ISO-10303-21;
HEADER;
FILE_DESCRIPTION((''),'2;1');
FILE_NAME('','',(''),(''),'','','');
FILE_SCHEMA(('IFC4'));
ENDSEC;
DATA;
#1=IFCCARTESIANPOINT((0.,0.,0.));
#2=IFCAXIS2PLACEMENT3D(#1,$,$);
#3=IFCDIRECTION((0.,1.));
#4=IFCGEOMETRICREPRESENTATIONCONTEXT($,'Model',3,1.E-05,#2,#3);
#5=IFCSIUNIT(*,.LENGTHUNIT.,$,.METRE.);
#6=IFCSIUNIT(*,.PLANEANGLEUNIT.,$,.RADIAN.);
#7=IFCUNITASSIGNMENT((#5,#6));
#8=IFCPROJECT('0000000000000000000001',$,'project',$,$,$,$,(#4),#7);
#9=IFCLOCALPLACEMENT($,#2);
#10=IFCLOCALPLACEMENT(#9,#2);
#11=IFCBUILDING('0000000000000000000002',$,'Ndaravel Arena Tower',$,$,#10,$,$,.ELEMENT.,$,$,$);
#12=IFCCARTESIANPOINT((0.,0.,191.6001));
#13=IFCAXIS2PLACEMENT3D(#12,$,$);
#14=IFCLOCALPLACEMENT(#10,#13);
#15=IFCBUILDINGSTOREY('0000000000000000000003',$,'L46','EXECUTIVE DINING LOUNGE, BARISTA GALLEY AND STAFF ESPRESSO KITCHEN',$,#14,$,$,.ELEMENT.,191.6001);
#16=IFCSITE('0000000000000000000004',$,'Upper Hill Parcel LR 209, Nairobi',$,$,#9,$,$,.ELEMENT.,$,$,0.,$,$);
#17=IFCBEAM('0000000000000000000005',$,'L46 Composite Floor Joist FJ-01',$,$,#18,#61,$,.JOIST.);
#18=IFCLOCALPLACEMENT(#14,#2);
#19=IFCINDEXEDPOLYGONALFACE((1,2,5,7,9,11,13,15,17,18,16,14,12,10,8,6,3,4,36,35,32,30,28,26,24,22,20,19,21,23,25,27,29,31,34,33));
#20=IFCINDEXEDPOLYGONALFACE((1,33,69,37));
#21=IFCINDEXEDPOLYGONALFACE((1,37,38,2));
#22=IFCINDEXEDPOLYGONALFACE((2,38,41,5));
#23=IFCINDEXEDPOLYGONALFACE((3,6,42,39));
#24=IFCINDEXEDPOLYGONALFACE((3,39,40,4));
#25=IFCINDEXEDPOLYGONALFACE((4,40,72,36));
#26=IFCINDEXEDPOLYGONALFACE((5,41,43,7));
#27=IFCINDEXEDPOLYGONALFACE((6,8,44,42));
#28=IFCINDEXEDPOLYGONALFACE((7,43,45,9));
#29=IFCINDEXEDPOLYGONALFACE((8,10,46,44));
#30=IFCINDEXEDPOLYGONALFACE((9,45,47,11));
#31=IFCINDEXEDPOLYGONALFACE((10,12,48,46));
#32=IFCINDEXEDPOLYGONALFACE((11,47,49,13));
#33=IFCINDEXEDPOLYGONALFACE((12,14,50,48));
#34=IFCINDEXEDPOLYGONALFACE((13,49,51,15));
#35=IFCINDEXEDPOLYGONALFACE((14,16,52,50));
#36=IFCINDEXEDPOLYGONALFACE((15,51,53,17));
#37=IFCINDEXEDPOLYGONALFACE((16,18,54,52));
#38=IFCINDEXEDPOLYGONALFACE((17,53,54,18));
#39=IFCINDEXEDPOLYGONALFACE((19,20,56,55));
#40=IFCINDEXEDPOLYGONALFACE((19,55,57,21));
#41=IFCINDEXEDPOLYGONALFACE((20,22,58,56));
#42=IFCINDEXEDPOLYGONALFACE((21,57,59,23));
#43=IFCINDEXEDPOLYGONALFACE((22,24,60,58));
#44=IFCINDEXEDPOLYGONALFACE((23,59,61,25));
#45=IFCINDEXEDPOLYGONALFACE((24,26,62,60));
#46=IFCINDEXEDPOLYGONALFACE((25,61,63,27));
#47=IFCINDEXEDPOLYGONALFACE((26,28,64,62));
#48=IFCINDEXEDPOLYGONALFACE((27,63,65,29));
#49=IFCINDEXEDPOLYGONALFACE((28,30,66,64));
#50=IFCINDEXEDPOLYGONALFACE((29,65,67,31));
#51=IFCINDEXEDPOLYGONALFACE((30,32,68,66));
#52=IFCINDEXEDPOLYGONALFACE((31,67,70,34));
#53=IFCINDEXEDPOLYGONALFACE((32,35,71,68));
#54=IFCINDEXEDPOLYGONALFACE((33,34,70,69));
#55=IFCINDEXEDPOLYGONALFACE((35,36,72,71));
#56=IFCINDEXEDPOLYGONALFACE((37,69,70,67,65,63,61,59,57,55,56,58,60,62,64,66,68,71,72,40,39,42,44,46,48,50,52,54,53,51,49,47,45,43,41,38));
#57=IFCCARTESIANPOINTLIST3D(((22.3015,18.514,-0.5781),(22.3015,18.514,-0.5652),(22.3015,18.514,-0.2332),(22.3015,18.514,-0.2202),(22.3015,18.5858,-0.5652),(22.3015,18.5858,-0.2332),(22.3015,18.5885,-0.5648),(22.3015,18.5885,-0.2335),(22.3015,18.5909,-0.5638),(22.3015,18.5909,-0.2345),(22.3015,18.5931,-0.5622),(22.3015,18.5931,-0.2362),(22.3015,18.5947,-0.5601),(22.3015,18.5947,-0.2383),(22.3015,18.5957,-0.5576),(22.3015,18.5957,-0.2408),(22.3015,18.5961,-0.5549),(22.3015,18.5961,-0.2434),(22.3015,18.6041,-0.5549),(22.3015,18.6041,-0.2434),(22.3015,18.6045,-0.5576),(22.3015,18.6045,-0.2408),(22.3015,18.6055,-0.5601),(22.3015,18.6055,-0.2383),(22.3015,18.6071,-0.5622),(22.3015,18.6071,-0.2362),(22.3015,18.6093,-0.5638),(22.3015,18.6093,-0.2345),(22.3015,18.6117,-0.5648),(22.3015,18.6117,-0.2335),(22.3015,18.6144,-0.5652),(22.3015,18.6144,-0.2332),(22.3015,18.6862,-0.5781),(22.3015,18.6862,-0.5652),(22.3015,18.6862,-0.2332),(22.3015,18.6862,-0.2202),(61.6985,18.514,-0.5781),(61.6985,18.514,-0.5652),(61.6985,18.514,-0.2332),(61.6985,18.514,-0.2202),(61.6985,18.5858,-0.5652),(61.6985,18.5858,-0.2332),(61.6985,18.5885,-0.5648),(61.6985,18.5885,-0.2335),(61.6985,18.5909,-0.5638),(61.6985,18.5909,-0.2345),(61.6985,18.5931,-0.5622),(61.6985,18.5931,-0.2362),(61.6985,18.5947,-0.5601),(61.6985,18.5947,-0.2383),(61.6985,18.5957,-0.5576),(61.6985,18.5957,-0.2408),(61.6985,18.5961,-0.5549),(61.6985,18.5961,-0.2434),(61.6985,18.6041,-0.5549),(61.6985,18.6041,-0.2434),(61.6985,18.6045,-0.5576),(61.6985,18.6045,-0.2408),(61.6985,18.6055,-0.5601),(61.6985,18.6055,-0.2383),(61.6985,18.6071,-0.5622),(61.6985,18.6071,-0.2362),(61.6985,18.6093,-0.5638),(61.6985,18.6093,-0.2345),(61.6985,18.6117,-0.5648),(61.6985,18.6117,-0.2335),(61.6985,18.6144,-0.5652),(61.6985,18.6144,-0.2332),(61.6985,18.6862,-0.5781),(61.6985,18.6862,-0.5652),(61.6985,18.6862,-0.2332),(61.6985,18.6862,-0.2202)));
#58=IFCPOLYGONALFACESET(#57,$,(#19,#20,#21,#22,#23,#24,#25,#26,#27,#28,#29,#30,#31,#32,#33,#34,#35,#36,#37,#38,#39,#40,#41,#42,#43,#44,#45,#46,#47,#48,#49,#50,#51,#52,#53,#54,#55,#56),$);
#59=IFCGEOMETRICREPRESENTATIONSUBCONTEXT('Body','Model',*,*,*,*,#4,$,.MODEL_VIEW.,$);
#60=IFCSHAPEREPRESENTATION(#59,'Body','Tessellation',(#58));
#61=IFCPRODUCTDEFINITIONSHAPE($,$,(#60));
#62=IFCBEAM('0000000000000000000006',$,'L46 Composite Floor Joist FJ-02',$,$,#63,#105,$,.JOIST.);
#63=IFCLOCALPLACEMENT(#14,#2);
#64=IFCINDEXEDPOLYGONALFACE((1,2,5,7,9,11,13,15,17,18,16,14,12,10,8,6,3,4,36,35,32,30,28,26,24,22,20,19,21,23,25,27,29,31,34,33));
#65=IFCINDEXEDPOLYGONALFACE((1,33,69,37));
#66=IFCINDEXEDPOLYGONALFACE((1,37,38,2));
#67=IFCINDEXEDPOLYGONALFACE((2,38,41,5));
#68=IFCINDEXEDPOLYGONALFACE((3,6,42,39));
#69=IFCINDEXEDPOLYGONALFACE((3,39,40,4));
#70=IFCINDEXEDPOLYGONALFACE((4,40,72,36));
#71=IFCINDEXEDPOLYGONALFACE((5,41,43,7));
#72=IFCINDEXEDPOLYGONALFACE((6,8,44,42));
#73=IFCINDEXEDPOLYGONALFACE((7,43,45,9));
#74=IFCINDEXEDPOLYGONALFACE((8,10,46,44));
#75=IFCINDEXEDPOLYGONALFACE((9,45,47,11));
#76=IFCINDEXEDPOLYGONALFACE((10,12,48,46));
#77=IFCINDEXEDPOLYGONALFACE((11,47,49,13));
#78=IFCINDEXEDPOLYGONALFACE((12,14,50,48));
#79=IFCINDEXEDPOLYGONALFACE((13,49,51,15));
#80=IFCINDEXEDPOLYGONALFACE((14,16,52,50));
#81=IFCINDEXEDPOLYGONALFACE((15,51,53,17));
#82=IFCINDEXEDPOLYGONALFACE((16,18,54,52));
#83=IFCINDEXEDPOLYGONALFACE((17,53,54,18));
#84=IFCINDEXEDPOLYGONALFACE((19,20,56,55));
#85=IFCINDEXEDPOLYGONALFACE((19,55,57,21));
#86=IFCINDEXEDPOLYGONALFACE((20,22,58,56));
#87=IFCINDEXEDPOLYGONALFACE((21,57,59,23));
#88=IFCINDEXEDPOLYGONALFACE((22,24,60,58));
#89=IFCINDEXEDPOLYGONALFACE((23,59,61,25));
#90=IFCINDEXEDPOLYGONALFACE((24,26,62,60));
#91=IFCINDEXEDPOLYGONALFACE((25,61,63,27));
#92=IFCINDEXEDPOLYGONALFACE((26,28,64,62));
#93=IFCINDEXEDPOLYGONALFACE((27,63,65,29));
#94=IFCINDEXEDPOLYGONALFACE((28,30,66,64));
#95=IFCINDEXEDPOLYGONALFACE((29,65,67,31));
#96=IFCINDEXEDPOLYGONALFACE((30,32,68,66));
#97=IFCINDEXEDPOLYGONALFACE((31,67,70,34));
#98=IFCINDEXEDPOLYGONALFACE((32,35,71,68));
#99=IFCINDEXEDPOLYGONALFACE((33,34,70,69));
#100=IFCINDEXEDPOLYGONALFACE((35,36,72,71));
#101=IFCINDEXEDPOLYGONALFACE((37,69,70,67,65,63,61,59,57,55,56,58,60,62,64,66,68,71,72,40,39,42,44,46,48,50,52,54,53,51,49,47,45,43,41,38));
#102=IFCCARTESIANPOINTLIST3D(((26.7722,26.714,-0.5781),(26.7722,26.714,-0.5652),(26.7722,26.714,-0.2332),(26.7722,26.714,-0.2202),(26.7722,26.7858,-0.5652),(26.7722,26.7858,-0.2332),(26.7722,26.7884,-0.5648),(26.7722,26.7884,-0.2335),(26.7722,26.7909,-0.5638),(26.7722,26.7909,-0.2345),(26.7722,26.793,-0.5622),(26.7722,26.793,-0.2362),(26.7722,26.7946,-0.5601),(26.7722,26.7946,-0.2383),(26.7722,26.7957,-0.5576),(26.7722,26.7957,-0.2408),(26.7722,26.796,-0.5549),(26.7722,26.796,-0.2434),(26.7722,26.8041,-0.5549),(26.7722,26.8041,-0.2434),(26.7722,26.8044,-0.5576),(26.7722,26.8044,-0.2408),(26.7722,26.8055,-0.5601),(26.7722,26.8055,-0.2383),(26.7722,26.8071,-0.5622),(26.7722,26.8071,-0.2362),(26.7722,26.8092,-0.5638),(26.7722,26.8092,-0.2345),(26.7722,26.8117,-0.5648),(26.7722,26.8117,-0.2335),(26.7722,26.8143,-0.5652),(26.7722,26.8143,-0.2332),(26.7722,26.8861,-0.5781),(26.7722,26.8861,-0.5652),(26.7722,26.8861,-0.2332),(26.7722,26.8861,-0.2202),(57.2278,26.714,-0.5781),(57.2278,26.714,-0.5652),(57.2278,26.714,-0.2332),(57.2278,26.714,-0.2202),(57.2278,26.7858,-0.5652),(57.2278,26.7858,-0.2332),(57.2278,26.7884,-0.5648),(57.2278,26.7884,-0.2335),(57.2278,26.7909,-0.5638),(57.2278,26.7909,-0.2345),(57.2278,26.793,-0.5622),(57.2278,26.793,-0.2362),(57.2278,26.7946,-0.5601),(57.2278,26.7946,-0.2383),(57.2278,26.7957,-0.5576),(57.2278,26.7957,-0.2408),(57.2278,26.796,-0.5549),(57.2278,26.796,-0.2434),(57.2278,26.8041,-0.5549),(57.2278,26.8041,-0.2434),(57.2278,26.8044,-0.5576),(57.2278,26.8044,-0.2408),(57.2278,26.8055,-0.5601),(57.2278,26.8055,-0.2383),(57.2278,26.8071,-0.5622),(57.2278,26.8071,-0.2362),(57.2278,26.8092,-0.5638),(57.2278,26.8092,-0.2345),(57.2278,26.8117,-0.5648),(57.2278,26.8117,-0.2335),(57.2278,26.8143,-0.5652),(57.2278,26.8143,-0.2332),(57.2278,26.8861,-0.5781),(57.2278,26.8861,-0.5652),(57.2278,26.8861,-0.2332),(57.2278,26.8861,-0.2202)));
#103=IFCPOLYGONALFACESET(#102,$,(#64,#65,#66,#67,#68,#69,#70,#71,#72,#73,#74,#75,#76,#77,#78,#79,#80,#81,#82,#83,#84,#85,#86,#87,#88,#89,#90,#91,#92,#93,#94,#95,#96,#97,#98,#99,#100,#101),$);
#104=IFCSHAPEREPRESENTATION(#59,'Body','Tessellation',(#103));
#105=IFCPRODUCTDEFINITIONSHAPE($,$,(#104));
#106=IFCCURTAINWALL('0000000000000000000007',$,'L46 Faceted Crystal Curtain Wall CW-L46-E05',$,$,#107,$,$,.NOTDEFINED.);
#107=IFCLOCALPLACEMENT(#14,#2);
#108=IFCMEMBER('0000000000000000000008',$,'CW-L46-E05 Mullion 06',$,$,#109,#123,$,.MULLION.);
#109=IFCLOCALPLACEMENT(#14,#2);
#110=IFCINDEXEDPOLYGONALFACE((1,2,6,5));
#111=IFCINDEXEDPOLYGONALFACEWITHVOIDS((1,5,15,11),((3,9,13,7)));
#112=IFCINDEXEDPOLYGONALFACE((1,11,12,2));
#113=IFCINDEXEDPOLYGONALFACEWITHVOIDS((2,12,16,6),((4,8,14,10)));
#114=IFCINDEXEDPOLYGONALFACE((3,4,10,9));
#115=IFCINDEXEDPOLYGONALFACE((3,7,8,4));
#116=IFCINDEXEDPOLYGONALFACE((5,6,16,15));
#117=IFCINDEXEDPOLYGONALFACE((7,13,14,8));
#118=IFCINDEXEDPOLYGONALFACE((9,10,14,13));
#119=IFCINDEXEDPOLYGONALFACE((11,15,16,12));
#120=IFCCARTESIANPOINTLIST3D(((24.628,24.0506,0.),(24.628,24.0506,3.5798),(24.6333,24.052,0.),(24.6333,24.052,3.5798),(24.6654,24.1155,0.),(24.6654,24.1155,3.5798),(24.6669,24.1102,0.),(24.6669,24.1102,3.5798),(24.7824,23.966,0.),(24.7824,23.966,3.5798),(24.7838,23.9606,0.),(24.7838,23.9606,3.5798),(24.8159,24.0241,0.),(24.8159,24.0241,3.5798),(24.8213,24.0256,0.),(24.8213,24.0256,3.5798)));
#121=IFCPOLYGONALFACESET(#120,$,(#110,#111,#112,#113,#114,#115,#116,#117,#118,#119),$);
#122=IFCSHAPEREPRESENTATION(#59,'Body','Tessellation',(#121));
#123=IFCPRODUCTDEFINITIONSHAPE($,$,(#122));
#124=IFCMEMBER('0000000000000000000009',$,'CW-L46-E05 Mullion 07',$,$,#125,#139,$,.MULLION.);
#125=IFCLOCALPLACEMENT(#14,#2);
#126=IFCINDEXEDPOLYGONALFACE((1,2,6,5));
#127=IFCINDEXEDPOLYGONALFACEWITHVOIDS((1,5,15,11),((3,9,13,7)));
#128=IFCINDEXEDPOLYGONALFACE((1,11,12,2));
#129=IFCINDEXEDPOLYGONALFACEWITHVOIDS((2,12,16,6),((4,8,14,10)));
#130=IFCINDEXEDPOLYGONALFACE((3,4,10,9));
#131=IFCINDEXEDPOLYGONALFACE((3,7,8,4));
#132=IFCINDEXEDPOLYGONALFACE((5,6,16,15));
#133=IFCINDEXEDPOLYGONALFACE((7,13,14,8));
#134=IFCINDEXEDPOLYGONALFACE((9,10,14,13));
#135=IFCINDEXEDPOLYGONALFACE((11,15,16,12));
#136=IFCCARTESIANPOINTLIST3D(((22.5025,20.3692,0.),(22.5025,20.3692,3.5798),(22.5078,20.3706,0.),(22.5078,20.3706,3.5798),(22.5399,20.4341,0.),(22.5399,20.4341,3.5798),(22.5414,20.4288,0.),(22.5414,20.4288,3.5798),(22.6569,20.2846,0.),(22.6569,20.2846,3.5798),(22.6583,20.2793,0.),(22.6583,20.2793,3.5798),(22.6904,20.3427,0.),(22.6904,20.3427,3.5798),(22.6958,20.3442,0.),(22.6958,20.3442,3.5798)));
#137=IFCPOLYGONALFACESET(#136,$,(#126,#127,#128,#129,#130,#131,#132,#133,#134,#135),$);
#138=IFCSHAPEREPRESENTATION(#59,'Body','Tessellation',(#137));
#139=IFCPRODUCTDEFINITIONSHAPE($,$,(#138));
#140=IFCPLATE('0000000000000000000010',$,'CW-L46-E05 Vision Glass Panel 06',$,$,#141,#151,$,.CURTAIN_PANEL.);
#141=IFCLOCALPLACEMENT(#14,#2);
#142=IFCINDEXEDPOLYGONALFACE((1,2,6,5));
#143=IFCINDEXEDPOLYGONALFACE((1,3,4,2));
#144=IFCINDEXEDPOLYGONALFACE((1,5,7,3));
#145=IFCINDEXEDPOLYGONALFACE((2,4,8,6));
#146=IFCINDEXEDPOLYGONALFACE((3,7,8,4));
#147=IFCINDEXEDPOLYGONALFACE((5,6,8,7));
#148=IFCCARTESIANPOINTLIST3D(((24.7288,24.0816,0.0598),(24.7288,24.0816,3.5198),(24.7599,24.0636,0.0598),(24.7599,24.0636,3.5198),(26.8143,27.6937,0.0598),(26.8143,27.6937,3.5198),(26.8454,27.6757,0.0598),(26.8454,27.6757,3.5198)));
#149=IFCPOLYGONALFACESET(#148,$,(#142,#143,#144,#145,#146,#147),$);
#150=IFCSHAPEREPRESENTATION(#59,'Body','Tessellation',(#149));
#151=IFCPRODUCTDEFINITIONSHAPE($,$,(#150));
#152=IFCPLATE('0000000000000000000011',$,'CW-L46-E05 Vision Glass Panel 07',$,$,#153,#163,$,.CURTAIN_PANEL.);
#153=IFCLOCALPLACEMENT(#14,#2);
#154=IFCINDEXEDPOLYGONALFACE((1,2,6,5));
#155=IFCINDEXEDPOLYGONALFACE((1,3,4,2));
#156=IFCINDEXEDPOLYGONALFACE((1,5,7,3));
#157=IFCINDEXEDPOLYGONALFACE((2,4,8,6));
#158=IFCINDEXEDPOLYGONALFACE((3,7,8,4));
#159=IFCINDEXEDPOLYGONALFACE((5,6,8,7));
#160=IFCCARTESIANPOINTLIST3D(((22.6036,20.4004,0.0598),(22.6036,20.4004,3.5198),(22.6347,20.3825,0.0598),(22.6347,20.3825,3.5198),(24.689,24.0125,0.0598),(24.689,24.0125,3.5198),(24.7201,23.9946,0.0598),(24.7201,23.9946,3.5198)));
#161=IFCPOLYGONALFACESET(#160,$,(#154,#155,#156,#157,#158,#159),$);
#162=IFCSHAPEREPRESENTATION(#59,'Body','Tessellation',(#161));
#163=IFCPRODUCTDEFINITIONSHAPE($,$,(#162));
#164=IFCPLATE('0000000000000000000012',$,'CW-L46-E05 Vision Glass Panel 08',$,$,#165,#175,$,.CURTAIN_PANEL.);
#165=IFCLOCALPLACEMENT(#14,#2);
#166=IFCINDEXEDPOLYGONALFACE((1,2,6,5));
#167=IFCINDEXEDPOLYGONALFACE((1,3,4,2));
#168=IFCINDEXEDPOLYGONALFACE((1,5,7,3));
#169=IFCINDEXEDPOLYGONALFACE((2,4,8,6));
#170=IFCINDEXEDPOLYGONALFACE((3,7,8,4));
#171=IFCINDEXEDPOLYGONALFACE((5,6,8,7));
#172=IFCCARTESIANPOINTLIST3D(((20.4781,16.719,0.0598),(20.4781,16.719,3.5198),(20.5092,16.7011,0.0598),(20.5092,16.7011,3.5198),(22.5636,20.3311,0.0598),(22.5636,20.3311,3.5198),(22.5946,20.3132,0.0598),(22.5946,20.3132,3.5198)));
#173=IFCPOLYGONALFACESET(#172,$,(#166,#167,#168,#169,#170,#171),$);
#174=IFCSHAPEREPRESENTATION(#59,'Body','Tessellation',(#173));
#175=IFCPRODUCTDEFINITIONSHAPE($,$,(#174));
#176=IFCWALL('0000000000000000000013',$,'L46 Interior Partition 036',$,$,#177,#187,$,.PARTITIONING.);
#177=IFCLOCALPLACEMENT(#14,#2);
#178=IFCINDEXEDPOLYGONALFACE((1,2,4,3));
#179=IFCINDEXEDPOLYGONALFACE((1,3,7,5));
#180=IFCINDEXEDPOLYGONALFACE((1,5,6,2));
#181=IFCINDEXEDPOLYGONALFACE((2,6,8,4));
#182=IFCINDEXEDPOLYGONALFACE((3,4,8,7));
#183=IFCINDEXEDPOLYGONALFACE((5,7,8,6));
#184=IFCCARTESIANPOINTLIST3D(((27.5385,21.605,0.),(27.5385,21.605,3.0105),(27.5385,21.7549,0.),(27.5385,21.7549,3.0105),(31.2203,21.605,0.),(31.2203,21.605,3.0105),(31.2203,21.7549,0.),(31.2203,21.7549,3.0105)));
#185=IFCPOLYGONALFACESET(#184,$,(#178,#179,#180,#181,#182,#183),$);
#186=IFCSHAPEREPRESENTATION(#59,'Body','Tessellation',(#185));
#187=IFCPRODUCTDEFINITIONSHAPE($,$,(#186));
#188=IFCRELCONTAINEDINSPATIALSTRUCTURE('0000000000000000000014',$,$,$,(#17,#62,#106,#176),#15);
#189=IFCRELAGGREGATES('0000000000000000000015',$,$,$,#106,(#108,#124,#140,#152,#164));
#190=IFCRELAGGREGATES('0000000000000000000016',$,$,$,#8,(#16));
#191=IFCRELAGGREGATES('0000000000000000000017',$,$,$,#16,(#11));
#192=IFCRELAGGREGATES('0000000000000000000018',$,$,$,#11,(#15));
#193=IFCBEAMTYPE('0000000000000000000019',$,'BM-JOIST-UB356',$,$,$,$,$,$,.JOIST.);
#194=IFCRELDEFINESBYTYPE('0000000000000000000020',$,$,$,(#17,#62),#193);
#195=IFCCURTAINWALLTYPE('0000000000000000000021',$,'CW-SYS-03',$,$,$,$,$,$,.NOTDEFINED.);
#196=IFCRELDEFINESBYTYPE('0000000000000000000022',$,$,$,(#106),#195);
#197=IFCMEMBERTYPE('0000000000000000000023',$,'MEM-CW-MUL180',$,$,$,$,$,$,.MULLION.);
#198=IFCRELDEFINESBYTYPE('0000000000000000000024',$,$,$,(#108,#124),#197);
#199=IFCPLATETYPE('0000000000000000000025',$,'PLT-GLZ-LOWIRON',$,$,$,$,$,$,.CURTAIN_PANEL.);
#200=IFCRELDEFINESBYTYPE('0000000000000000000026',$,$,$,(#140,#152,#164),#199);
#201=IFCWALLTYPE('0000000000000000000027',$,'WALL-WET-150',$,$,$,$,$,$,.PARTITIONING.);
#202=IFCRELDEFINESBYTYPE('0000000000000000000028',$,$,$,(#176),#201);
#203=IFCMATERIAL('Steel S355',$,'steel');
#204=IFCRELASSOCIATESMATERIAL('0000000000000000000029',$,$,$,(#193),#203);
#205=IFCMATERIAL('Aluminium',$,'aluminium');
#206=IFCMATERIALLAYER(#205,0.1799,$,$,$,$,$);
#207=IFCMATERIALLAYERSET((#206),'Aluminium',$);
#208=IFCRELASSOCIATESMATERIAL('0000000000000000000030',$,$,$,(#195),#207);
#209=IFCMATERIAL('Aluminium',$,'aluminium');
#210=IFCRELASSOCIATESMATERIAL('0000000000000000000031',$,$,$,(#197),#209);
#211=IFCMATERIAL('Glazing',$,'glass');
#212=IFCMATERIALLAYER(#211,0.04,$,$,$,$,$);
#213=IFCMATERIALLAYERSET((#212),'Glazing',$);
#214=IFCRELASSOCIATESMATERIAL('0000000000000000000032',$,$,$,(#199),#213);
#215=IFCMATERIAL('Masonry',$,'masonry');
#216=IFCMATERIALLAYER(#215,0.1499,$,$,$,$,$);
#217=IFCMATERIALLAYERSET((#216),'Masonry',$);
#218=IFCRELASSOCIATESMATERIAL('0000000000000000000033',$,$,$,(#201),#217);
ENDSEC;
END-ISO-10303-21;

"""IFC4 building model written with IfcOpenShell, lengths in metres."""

from ifc_helpers import new_model, si_unit, direction, frame, frame_2d, origin, origin_2d, place, context, subcontext, project, spatial, rectangle, hollow_rectangle, i_section, extrude, material, layer, layer_set, material_profile, profile_set, type_object, element, aggregate, save


model = new_model("IFC4")

# Units and contexts
model_context = context("Model", 3, precision=1e-05, world=origin(), true_north=direction((0.0, 1.0)))
body_context = subcontext(model_context, "Body", "Model", "MODEL_VIEW")
ifc_project = project(units=[si_unit("LENGTHUNIT", "METRE"), si_unit("PLANEANGLEUNIT", "RADIAN")], contexts=[model_context])

# Site, building, storey
site_placement = place(None, origin())
site = spatial("IfcSite", under=ifc_project, at=site_placement, Name="Upper Hill Parcel LR 209, Nairobi", CompositionType="ELEMENT", RefElevation=0.0)
building_placement = place(site_placement, origin())
building = spatial("IfcBuilding", under=site, at=building_placement, Name="Ndaravel Arena Tower", CompositionType="ELEMENT")
storey_placement = place(building_placement, frame((0.0, 0.0, 191.6001)))
storey = spatial("IfcBuildingStorey", under=building, at=storey_placement, Name="L46", Description="EXECUTIVE DINING LOUNGE, BARISTA GALLEY AND STAFF ESPRESSO KITCHEN", CompositionType="ELEMENT", Elevation=191.6001)

# Beams
ifc_material_1 = material(Name="Steel S355", Category="steel")
ifc_material_profile_1 = material_profile(ifc_material_1, i_section(OverallWidth=0.1721, OverallDepth=0.3579, WebThickness=0.0081, FlangeThickness=0.0129, FilletRadius=0.0103, at=origin_2d()), Name="UB 356x171x57")
ifc_profile_set_1 = profile_set([ifc_material_profile_1], Name="Steel S355")
beam_type = type_object("IfcBeamType", Name="BM-JOIST-UB356", PredefinedType="JOIST", material=ifc_profile_set_1)
beam_1_placement = place(storey_placement, frame((22.3015, 18.6001, -0.3992), z_axis=(1.0, 0.0, 0.0), x_axis=(0.0, 1.0, 0.0)))
element("IfcBeam", 1, at=beam_1_placement, inside=storey, type_object=beam_type, Name="L46 Composite Floor Joist FJ-01", PredefinedType="JOIST", context=body_context, shape_type="SweptSolid", body=[
    extrude(i_section(OverallWidth=0.1721, OverallDepth=0.3579, WebThickness=0.0081, FlangeThickness=0.0129, FilletRadius=0.0103, at=origin_2d()), origin(), (0.0, 0.0, 1.0), 39.397),
])
beam_2_placement = place(storey_placement, frame((26.7722, 26.8, -0.3992), z_axis=(1.0, 0.0, 0.0), x_axis=(0.0, 1.0, 0.0)))
element("IfcBeam", 2, at=beam_2_placement, inside=storey, type_object=beam_type, Name="L46 Composite Floor Joist FJ-02", PredefinedType="JOIST", context=body_context, shape_type="SweptSolid", body=[
    extrude(i_section(OverallWidth=0.1721, OverallDepth=0.3579, WebThickness=0.0081, FlangeThickness=0.0129, FilletRadius=0.0103, at=origin_2d()), origin(), (0.0, 0.0, 1.0), 30.4556),
])

# Curtain wall, members, plates
ifc_material_2 = material(Name="Aluminium", Category="aluminium")
ifc_layer_1 = layer(ifc_material_2, 0.1799)
ifc_layer_set_1 = layer_set([ifc_layer_1], Name="Aluminium")
curtain_wall_type = type_object("IfcCurtainWallType", Name="CW-SYS-03", PredefinedType="NOTDEFINED", material=ifc_layer_set_1)
curtain_wall_placement = place(storey_placement, origin())
curtain_wall = element("IfcCurtainWall", 3, at=curtain_wall_placement, inside=storey, type_object=curtain_wall_type, Name="L46 Faceted Crystal Curtain Wall CW-L46-E05", PredefinedType="NOTDEFINED")
ifc_material_3 = material(Name="Aluminium", Category="aluminium")
ifc_material_profile_2 = material_profile(ifc_material_3, hollow_rectangle(XDim=0.075, YDim=0.1799, WallThickness=0.0039, at=origin_2d()), Name="CW MULLION 75x180x4")
ifc_profile_set_2 = profile_set([ifc_material_profile_2], Name="Aluminium")
member_type = type_object("IfcMemberType", Name="MEM-CW-MUL180", PredefinedType="MULLION", material=ifc_profile_set_2)
member_1_placement = place(storey_placement, frame((24.7246, 24.0381, 0.0), z_axis=(0.0, 0.0, 1.0), x_axis=(-0.5, -0.866025, 0.0)))
member_1 = element("IfcMember", 4, at=member_1_placement, type_object=member_type, Name="CW-L46-E05 Mullion 06", PredefinedType="MULLION", context=body_context, shape_type="SweptSolid", body=[
    extrude(hollow_rectangle(XDim=0.075, YDim=0.1799, WallThickness=0.0039, at=origin_2d()), origin(), (0.0, 0.0, 1.0), 3.5798),
])
member_2_placement = place(storey_placement, frame((22.5991, 20.3567, 0.0), z_axis=(0.0, 0.0, 1.0), x_axis=(-0.5, -0.866025, 0.0)))
member_2 = element("IfcMember", 5, at=member_2_placement, type_object=member_type, Name="CW-L46-E05 Mullion 07", PredefinedType="MULLION", context=body_context, shape_type="SweptSolid", body=[
    extrude(hollow_rectangle(XDim=0.075, YDim=0.1799, WallThickness=0.0039, at=origin_2d()), origin(), (0.0, 0.0, 1.0), 3.5798),
])
ifc_material_4 = material(Name="Glazing", Category="glass")
ifc_layer_2 = layer(ifc_material_4, 0.04)
ifc_layer_set_2 = layer_set([ifc_layer_2], Name="Glazing")
plate_type = type_object("IfcPlateType", Name="PLT-GLZ-LOWIRON", PredefinedType="CURTAIN_PANEL", material=ifc_layer_set_2)
plate_1_placement = place(storey_placement, frame((25.7871, 25.8787, 0.0598), z_axis=(0.0, 0.0, 1.0), x_axis=(-0.5, -0.866025, 0.0)))
plate_1 = element("IfcPlate", 6, at=plate_1_placement, type_object=plate_type, Name="CW-L46-E05 Vision Glass Panel 06", PredefinedType="CURTAIN_PANEL", context=body_context, shape_type="SweptSolid", body=[
    extrude(rectangle(XDim=4.1709, YDim=0.0359, at=origin_2d()), origin(), (0.0, 0.0, 1.0), 3.46),
])
plate_2_placement = place(storey_placement, frame((23.6619, 22.1975, 0.0598), z_axis=(0.0, 0.0, 1.0), x_axis=(-0.5, -0.866025, 0.0)))
plate_2 = element("IfcPlate", 7, at=plate_2_placement, type_object=plate_type, Name="CW-L46-E05 Vision Glass Panel 07", PredefinedType="CURTAIN_PANEL", context=body_context, shape_type="SweptSolid", body=[
    extrude(rectangle(XDim=4.1709, YDim=0.0359, at=origin_2d()), origin(), (0.0, 0.0, 1.0), 3.46),
])
plate_3_placement = place(storey_placement, frame((21.5364, 18.5161, 0.0598), z_axis=(0.0, 0.0, 1.0), x_axis=(-0.5, -0.866025, 0.0)))
plate_3 = element("IfcPlate", 8, at=plate_3_placement, type_object=plate_type, Name="CW-L46-E05 Vision Glass Panel 08", PredefinedType="CURTAIN_PANEL", context=body_context, shape_type="SweptSolid", body=[
    extrude(rectangle(XDim=4.1709, YDim=0.0359, at=origin_2d()), origin(), (0.0, 0.0, 1.0), 3.46),
])
aggregate(curtain_wall, [member_1, member_2, plate_1, plate_2, plate_3])

# Wall
ifc_material_5 = material(Name="Masonry", Category="masonry")
ifc_layer_3 = layer(ifc_material_5, 0.1499)
ifc_layer_set_3 = layer_set([ifc_layer_3], Name="Masonry")
wall_type = type_object("IfcWallType", Name="WALL-WET-150", PredefinedType="PARTITIONING", material=ifc_layer_set_3)
wall_1_placement = place(storey_placement, frame((27.5386, 21.6799, 0.0), z_axis=(0.0, 0.0, 1.0), x_axis=(1.0, 0.0, 0.0)))
element("IfcWall", 9, at=wall_1_placement, inside=storey, type_object=wall_type, Name="L46 Interior Partition 036", PredefinedType="PARTITIONING", context=body_context, shape_type="SweptSolid", body=[
    extrude(rectangle(XDim=3.6819, YDim=0.1499, at=frame_2d((1.8408, 0.0))), origin(), (0.0, 0.0, 1.0), 3.0105),
])

save(model, "model.ifc")
